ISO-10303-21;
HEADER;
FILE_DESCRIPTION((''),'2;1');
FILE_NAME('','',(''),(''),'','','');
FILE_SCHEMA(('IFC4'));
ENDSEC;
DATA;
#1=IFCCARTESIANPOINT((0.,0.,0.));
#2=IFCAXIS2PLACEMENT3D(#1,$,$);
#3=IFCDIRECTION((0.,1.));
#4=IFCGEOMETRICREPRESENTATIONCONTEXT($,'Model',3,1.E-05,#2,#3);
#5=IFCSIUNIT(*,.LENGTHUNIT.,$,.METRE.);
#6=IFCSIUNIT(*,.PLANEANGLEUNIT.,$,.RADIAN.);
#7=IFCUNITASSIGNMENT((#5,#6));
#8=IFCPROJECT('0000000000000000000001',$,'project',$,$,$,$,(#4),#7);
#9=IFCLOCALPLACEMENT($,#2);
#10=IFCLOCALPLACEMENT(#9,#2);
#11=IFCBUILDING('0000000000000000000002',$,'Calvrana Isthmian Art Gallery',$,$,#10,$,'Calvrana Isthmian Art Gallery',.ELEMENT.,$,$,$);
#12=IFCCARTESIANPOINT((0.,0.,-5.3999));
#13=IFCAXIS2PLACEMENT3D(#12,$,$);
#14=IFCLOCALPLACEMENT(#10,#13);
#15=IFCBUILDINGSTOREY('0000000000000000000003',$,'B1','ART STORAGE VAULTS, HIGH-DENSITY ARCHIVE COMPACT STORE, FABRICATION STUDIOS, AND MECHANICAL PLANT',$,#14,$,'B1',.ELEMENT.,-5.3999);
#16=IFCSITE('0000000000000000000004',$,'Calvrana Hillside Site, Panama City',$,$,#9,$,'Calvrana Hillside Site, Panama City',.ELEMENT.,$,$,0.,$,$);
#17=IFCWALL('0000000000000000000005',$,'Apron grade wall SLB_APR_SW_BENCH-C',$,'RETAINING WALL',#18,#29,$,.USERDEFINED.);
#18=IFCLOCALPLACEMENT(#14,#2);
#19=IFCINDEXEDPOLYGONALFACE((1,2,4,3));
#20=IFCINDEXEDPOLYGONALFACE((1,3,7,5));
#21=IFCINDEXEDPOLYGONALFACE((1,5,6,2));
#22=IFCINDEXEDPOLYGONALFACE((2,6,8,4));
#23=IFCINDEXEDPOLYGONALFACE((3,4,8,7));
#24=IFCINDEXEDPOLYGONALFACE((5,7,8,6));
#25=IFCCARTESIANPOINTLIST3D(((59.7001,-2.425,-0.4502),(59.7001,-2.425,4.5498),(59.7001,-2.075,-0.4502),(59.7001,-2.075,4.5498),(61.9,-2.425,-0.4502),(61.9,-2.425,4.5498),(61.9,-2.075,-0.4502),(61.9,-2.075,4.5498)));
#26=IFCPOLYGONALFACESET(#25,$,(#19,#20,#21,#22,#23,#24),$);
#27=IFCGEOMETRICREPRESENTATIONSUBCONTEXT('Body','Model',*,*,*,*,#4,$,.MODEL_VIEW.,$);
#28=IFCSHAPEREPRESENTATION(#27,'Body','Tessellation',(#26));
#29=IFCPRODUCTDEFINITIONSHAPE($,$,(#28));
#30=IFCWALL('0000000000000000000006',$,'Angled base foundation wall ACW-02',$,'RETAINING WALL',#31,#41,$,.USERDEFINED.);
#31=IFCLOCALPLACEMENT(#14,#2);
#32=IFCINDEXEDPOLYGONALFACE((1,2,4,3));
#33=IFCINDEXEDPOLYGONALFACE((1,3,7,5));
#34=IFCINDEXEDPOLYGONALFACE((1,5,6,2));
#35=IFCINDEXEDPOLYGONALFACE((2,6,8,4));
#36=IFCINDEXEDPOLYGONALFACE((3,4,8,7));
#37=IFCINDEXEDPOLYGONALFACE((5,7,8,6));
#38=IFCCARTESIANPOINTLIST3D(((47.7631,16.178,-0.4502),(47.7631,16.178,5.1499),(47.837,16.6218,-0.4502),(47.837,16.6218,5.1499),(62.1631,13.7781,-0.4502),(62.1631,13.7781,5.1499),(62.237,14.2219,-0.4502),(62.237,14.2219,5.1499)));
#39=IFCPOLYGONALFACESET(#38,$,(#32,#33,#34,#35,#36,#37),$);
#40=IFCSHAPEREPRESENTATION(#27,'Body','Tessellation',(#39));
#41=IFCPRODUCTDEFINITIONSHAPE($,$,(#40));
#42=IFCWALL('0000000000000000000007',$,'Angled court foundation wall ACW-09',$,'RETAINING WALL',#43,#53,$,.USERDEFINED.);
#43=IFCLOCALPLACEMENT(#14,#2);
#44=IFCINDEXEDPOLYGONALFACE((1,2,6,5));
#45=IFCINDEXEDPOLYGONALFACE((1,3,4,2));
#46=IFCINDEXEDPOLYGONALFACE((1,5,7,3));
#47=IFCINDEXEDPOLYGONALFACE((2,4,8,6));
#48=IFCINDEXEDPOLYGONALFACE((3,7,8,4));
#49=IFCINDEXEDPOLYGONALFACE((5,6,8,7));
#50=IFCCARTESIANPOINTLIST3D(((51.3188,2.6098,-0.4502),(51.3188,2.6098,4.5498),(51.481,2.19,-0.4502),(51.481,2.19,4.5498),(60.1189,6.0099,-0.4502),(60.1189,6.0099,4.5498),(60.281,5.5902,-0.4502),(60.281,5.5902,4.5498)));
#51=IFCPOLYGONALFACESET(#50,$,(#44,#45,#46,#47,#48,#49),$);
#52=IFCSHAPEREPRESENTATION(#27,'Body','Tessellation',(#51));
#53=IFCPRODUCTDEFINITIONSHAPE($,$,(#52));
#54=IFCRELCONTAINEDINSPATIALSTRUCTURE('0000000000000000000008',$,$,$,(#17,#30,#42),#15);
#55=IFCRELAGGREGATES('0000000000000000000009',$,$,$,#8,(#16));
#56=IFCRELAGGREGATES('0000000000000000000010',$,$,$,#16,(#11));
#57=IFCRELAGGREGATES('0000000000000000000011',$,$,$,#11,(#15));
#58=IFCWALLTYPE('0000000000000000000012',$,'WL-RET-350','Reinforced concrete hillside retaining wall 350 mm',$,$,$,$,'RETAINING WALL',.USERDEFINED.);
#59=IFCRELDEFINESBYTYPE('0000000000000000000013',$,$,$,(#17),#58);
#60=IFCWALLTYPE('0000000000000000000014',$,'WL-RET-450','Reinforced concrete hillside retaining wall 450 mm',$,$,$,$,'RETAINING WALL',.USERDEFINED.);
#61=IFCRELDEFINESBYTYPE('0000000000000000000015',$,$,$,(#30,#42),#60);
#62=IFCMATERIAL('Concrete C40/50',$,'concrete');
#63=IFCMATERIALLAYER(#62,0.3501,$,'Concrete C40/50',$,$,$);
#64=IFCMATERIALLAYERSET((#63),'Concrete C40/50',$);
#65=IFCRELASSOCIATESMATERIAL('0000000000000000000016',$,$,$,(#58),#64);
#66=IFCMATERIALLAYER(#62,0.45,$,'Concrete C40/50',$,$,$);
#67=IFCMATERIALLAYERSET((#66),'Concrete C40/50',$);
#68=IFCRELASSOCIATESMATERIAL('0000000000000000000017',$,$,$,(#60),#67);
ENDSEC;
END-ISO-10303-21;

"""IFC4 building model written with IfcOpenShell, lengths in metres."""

from ifc_helpers import new_model, si_unit, direction, frame, frame_2d, origin, place, context, subcontext, project, spatial, rectangle, extrude, material, layer, layer_set, type_object, element, save


model = new_model("IFC4")

# Units and contexts
model_context = context("Model", 3, precision=1e-05, world=origin(), true_north=direction((0.0, 1.0)))
body_context = subcontext(model_context, "Body", "Model", "MODEL_VIEW")
ifc_project = project(units=[si_unit("LENGTHUNIT", "METRE"), si_unit("PLANEANGLEUNIT", "RADIAN")], contexts=[model_context])

# Site, building, storey
site_placement = place(None, origin())
site = spatial("IfcSite", under=ifc_project, at=site_placement, Name="Calvrana Hillside Site, Panama City", LongName="Calvrana Hillside Site, Panama City", CompositionType="ELEMENT", RefElevation=0.0)
building_placement = place(site_placement, origin())
building = spatial("IfcBuilding", under=site, at=building_placement, Name="Calvrana Isthmian Art Gallery", LongName="Calvrana Isthmian Art Gallery", CompositionType="ELEMENT")
storey_placement = place(building_placement, frame((0.0, 0.0, -5.3999)))
storey = spatial("IfcBuildingStorey", under=building, at=storey_placement, Name="B1", Description="ART STORAGE VAULTS, HIGH-DENSITY ARCHIVE COMPACT STORE, FABRICATION STUDIOS, AND MECHANICAL PLANT", LongName="B1", CompositionType="ELEMENT", Elevation=-5.3999)

# Shared definitions
ifc_material_1 = material(Name="Concrete C40/50", Category="concrete")

# Walls
ifc_layer_1 = layer(ifc_material_1, 0.3501, Name="Concrete C40/50")
ifc_layer_set_1 = layer_set([ifc_layer_1], Name="Concrete C40/50")
wall_type_1 = type_object("IfcWallType", Name="WL-RET-350", Description="Reinforced concrete hillside retaining wall 350 mm", ElementType="RETAINING WALL", PredefinedType="USERDEFINED", material=ifc_layer_set_1)
for number, where, z_axis, x_axis, name in (
    (1, (59.7, -2.25, -0.4502), (0.0, 0.0, 1.0), (1.0, 0.0, 0.0), "Apron grade wall SLB_APR_SW_BENCH-C"),
):
    element("IfcWall", number, at=place(storey_placement, frame(where, z_axis=z_axis, x_axis=x_axis)), inside=storey, type_object=wall_type_1, Name=name, ObjectType="RETAINING WALL", PredefinedType="USERDEFINED", context=body_context, shape_type="SweptSolid", body=[
        extrude(rectangle(XDim=2.2, YDim=0.3501, at=frame_2d((1.1001, 0.0))), origin(), (0.0, 0.0, 1.0), 5.0),
    ])
ifc_layer_2 = layer(ifc_material_1, 0.45, Name="Concrete C40/50")
ifc_layer_set_2 = layer_set([ifc_layer_2], Name="Concrete C40/50")
wall_type_2 = type_object("IfcWallType", Name="WL-RET-450", Description="Reinforced concrete hillside retaining wall 450 mm", ElementType="RETAINING WALL", PredefinedType="USERDEFINED", material=ifc_layer_set_2)
wall_1_placement = place(storey_placement, frame((47.8, 16.3999, -0.4502), z_axis=(0.0, 0.0, 1.0), x_axis=(0.986395, -0.164394, 0.0)))
element("IfcWall", 2, at=wall_1_placement, inside=storey, type_object=wall_type_2, Name="Angled base foundation wall ACW-02", ObjectType="RETAINING WALL", PredefinedType="USERDEFINED", context=body_context, shape_type="SweptSolid", body=[
    extrude(rectangle(XDim=14.5986, YDim=0.45, at=frame_2d((7.2993, 0.0))), origin(), (0.0, 0.0, 1.0), 5.6001),
])
wall_2_placement = place(storey_placement, frame((51.3999, 2.3999, -0.4502), z_axis=(0.0, 0.0, 1.0), x_axis=(0.932794, 0.360411, 0.0)))
element("IfcWall", 3, at=wall_2_placement, inside=storey, type_object=wall_type_2, Name="Angled court foundation wall ACW-09", ObjectType="RETAINING WALL", PredefinedType="USERDEFINED", context=body_context, shape_type="SweptSolid", body=[
    extrude(rectangle(XDim=9.4341, YDim=0.45, at=frame_2d((4.717, 0.0))), origin(), (0.0, 0.0, 1.0), 5.0),
])

save(model, "model.ifc")
